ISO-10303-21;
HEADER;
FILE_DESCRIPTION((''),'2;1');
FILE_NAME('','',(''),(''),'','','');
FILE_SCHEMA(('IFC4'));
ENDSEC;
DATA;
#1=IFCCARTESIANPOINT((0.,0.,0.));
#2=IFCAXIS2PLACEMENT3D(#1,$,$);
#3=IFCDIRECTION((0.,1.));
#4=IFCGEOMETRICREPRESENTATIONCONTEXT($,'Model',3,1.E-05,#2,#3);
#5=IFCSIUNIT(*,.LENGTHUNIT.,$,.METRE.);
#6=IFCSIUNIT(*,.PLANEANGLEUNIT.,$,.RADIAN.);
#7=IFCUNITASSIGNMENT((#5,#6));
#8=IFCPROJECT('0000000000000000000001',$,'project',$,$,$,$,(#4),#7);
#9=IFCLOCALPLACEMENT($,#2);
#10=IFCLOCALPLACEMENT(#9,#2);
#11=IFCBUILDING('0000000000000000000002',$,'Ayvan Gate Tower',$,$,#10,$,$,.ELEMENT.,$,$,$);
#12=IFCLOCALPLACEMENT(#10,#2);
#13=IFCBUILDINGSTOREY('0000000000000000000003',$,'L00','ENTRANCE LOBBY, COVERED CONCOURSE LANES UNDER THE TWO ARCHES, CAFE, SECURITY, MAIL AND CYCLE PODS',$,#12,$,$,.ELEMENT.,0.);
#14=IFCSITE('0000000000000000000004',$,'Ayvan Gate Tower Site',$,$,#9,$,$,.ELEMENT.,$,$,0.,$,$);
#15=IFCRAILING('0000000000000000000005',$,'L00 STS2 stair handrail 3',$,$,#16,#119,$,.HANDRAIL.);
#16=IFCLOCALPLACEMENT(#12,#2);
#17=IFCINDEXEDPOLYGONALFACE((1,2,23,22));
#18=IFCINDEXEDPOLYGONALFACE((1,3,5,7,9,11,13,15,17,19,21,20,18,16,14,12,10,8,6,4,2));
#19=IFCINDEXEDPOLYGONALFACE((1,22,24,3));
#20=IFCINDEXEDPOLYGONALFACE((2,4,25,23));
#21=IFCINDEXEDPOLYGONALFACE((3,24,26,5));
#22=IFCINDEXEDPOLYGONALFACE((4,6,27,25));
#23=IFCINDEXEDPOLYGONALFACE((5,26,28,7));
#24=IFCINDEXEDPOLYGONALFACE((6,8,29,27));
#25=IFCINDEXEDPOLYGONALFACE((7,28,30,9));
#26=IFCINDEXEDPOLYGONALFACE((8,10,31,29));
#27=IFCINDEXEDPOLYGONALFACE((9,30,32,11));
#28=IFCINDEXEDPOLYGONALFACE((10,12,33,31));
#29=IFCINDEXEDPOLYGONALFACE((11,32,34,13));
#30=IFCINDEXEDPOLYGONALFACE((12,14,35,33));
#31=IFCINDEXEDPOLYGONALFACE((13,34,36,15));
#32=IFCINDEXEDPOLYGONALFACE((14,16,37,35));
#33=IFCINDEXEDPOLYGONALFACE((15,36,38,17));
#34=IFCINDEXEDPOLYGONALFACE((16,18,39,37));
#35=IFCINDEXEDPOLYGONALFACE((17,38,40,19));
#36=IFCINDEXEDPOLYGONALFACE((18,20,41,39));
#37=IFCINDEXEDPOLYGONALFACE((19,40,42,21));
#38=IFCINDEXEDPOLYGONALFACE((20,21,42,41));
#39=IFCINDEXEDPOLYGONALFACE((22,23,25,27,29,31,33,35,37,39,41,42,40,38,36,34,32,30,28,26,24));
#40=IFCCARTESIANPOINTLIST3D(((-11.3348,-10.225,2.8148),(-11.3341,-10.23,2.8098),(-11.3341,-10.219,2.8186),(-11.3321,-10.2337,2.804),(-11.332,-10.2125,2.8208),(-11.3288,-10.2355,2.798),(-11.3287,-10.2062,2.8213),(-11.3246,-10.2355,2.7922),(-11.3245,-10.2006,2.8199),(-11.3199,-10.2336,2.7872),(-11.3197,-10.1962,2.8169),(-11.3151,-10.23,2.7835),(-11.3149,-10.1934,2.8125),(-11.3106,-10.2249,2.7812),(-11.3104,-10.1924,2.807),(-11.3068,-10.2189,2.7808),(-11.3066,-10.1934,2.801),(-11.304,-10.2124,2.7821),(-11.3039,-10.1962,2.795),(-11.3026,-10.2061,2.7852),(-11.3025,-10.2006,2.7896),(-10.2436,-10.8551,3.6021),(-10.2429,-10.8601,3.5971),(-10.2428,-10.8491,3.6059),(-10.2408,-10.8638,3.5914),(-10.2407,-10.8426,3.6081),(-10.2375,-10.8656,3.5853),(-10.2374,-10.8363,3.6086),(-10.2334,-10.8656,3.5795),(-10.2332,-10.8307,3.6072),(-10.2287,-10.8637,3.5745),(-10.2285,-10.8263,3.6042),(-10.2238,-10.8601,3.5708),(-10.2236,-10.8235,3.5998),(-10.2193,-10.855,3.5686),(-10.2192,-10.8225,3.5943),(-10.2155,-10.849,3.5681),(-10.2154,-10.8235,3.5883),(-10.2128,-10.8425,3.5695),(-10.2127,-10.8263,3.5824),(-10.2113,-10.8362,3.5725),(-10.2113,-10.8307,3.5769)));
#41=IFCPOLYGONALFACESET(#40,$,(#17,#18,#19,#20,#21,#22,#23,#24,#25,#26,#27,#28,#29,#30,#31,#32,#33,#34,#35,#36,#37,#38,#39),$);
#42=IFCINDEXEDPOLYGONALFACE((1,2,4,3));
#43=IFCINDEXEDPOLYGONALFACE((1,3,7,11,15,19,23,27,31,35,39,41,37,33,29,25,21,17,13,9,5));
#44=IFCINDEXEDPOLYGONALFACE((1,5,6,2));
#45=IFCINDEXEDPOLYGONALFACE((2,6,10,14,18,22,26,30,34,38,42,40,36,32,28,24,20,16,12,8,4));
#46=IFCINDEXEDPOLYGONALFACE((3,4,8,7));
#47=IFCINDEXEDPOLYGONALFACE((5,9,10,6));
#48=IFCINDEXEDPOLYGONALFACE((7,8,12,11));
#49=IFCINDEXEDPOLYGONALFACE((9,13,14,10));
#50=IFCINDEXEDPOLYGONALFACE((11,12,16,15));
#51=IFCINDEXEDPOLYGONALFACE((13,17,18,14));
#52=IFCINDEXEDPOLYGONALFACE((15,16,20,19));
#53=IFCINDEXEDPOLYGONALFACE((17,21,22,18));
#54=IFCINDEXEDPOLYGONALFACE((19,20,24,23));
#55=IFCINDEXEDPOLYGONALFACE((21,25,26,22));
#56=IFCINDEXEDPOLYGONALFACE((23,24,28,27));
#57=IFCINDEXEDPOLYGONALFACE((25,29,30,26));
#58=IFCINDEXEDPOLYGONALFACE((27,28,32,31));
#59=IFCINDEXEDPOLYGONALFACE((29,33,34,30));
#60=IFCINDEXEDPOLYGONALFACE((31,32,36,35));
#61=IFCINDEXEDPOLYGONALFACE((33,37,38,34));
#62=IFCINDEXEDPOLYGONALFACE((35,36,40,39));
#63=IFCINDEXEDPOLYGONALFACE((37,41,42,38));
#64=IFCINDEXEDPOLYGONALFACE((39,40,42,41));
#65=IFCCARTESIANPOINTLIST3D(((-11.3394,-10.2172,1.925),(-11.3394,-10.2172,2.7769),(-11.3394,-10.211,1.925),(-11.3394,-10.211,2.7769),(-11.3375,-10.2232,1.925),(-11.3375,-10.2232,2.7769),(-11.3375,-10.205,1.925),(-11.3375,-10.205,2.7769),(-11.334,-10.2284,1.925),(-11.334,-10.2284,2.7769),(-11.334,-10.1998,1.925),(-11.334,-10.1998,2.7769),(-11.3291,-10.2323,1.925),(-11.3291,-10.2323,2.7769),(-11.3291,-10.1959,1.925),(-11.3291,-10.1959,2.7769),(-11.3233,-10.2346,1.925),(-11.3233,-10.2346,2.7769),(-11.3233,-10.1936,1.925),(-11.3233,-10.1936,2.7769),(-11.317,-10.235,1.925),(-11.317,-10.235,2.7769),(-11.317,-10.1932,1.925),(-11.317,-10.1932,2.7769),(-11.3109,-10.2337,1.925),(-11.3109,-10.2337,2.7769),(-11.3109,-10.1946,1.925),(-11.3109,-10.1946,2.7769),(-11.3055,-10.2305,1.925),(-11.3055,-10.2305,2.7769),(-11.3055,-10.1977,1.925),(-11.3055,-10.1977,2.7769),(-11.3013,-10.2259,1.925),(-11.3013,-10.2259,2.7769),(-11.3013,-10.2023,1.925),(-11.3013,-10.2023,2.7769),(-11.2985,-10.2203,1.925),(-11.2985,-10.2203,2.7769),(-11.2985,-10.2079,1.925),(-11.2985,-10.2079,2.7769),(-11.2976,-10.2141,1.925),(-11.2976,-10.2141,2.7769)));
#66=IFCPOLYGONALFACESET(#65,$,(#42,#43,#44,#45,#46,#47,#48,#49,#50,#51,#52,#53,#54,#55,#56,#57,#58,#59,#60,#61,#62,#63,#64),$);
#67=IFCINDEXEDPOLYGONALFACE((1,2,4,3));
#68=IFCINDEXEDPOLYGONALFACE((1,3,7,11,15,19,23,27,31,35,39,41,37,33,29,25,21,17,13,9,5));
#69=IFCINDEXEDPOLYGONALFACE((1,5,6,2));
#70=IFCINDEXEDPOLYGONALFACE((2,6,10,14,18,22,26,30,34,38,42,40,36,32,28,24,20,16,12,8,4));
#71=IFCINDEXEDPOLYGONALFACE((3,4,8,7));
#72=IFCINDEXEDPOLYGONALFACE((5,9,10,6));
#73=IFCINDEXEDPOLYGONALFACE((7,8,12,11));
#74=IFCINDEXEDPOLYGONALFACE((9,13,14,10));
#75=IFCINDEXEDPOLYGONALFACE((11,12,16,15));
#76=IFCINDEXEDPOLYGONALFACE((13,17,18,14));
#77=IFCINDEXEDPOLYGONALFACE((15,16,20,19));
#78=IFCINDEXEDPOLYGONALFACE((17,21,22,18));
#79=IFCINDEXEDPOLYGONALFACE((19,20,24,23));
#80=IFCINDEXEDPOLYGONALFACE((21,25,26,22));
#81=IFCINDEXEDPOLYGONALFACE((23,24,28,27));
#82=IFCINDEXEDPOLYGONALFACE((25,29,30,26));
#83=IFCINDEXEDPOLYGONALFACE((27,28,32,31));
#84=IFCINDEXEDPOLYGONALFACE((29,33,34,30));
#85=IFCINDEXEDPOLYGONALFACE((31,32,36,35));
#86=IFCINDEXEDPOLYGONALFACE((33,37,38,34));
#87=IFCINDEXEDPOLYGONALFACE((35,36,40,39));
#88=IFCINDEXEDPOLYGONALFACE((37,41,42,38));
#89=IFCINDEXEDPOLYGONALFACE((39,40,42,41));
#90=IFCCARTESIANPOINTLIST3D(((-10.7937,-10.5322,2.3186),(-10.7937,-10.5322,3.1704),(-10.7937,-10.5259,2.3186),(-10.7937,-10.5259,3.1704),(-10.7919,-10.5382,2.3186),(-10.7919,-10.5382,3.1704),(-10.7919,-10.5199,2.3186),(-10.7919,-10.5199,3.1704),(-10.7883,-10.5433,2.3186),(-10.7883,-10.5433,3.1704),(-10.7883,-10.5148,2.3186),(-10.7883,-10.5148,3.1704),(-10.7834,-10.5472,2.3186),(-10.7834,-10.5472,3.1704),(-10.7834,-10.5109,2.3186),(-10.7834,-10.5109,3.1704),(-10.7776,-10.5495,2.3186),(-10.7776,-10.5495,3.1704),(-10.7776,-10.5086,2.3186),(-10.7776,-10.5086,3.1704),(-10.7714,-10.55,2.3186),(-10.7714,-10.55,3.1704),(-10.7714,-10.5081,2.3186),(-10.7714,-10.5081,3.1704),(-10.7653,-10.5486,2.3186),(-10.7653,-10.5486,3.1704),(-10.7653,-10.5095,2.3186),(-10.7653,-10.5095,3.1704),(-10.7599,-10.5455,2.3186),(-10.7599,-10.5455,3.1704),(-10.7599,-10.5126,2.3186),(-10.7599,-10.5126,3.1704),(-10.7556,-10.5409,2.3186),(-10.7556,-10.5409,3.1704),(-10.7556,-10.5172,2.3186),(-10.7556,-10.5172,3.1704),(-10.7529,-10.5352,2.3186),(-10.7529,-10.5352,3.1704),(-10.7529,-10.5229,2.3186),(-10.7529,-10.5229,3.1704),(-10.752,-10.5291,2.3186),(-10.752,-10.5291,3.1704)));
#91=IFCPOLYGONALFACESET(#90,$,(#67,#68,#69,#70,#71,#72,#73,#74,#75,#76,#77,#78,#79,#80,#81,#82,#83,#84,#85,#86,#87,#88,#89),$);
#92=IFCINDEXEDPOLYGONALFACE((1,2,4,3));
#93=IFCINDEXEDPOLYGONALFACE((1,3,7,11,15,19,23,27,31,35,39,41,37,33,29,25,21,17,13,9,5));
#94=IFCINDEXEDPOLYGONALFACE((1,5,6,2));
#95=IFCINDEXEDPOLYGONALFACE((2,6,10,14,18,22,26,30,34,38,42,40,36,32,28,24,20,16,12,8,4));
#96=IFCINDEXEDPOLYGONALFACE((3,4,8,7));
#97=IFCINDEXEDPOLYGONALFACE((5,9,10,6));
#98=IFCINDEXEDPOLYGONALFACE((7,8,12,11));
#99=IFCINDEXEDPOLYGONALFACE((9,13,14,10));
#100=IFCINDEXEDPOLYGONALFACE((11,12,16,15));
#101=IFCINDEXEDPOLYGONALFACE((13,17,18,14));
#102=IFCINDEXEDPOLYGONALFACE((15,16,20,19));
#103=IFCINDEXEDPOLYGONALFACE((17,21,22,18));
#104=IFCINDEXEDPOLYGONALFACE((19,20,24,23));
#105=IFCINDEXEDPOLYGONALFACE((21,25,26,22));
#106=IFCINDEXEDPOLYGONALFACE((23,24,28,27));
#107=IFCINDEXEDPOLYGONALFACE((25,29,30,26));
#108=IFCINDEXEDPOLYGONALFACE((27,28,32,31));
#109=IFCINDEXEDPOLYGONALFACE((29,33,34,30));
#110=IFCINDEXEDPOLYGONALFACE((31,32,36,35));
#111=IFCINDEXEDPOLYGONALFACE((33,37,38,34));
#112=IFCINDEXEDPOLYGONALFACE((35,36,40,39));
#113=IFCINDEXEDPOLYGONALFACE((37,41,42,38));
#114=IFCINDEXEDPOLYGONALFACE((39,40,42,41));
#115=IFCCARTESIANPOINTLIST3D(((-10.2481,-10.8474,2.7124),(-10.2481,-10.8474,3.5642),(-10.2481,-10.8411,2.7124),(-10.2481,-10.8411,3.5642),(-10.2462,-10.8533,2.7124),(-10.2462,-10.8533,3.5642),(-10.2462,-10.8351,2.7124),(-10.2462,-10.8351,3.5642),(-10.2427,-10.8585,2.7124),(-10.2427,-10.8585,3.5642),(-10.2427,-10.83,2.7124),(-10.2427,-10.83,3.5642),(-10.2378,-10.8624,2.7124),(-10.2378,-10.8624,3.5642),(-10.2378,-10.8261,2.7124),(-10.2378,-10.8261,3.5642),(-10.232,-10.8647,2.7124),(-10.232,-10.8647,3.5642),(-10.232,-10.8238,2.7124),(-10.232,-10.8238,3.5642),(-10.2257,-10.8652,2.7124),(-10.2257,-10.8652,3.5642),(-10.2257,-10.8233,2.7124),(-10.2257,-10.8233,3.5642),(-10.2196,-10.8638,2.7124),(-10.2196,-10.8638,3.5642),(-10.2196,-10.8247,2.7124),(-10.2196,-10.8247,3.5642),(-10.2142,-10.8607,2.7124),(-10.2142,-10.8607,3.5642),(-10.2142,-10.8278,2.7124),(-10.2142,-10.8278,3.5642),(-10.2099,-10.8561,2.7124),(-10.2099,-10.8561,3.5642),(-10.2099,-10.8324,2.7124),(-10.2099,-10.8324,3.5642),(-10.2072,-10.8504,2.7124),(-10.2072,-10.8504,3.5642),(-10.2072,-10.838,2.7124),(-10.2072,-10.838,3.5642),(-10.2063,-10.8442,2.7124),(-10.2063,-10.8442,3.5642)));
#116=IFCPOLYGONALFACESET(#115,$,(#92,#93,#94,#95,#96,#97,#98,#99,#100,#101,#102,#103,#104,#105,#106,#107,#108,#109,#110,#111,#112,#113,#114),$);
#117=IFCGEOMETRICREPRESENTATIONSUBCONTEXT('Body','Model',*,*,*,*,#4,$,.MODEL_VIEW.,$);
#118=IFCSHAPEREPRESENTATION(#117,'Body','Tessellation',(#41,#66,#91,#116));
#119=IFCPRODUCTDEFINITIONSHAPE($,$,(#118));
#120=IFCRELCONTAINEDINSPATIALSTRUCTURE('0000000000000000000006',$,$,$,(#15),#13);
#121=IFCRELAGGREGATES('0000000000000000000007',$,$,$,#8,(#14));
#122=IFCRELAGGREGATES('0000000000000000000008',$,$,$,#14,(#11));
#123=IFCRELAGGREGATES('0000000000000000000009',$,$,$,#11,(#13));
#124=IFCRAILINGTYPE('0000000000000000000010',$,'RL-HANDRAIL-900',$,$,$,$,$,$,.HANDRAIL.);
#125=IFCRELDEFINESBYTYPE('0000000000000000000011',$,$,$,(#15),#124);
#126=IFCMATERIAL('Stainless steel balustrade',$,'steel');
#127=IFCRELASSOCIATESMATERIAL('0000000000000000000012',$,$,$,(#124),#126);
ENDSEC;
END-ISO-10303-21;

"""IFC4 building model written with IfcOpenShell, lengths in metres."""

from ifc_helpers import new_model, si_unit, direction, frame, origin, origin_2d, place, context, subcontext, project, spatial, circle, extrude, material, type_object, element, save


model = new_model("IFC4")

# Units and contexts
model_context = context("Model", 3, precision=1e-05, world=origin(), true_north=direction((0.0, 1.0)))
body_context = subcontext(model_context, "Body", "Model", "MODEL_VIEW")
ifc_project = project(units=[si_unit("LENGTHUNIT", "METRE"), si_unit("PLANEANGLEUNIT", "RADIAN")], contexts=[model_context])

# Site, building, storey
site_placement = place(None, origin())
site = spatial("IfcSite", under=ifc_project, at=site_placement, Name="Ayvan Gate Tower Site", CompositionType="ELEMENT", RefElevation=0.0)
building_placement = place(site_placement, origin())
building = spatial("IfcBuilding", under=site, at=building_placement, Name="Ayvan Gate Tower", CompositionType="ELEMENT")
storey_placement = place(building_placement, origin())
storey = spatial("IfcBuildingStorey", under=building, at=storey_placement, Name="L00", Description="ENTRANCE LOBBY, COVERED CONCOURSE LANES UNDER THE TWO ARCHES, CAFE, SECURITY, MAIL AND CYCLE PODS", CompositionType="ELEMENT", Elevation=0.0)

# Railing
ifc_material_1 = material(Name="Stainless steel balustrade", Category="steel")
railing_type_1 = type_object("IfcRailingType", Name="RL-HANDRAIL-900", PredefinedType="HANDRAIL", material=ifc_material_1)
railing_1_placement = place(storey_placement, frame((-11.3186, -10.2141, 1.925)))
element("IfcRailing", 1, at=railing_1_placement, inside=storey, type_object=railing_type_1, Name="L00 STS2 stair handrail 3", PredefinedType="HANDRAIL", context=body_context, shape_type="SweptSolid", body=[
    extrude(circle(Radius=0.0239, at=origin_2d()), frame((0.0, 0.0, 0.876), z_axis=(0.734436, -0.424067, 0.529878), x_axis=(0.500035, 0.866005, 0.0)), (0.0, 0.0, 1.0), 1.4858),
    extrude(circle(Radius=0.021, at=origin_2d()), origin(), (0.0, 0.0, 1.0), 0.8518),
    extrude(circle(Radius=0.021, at=origin_2d()), frame((0.5457, -0.3149, 0.3936)), (0.0, 0.0, 1.0), 0.8518),
    extrude(circle(Radius=0.021, at=origin_2d()), frame((1.0913, -0.6301, 0.7874)), (0.0, 0.0, 1.0), 0.8518),
])

save(model, "model.ifc")
